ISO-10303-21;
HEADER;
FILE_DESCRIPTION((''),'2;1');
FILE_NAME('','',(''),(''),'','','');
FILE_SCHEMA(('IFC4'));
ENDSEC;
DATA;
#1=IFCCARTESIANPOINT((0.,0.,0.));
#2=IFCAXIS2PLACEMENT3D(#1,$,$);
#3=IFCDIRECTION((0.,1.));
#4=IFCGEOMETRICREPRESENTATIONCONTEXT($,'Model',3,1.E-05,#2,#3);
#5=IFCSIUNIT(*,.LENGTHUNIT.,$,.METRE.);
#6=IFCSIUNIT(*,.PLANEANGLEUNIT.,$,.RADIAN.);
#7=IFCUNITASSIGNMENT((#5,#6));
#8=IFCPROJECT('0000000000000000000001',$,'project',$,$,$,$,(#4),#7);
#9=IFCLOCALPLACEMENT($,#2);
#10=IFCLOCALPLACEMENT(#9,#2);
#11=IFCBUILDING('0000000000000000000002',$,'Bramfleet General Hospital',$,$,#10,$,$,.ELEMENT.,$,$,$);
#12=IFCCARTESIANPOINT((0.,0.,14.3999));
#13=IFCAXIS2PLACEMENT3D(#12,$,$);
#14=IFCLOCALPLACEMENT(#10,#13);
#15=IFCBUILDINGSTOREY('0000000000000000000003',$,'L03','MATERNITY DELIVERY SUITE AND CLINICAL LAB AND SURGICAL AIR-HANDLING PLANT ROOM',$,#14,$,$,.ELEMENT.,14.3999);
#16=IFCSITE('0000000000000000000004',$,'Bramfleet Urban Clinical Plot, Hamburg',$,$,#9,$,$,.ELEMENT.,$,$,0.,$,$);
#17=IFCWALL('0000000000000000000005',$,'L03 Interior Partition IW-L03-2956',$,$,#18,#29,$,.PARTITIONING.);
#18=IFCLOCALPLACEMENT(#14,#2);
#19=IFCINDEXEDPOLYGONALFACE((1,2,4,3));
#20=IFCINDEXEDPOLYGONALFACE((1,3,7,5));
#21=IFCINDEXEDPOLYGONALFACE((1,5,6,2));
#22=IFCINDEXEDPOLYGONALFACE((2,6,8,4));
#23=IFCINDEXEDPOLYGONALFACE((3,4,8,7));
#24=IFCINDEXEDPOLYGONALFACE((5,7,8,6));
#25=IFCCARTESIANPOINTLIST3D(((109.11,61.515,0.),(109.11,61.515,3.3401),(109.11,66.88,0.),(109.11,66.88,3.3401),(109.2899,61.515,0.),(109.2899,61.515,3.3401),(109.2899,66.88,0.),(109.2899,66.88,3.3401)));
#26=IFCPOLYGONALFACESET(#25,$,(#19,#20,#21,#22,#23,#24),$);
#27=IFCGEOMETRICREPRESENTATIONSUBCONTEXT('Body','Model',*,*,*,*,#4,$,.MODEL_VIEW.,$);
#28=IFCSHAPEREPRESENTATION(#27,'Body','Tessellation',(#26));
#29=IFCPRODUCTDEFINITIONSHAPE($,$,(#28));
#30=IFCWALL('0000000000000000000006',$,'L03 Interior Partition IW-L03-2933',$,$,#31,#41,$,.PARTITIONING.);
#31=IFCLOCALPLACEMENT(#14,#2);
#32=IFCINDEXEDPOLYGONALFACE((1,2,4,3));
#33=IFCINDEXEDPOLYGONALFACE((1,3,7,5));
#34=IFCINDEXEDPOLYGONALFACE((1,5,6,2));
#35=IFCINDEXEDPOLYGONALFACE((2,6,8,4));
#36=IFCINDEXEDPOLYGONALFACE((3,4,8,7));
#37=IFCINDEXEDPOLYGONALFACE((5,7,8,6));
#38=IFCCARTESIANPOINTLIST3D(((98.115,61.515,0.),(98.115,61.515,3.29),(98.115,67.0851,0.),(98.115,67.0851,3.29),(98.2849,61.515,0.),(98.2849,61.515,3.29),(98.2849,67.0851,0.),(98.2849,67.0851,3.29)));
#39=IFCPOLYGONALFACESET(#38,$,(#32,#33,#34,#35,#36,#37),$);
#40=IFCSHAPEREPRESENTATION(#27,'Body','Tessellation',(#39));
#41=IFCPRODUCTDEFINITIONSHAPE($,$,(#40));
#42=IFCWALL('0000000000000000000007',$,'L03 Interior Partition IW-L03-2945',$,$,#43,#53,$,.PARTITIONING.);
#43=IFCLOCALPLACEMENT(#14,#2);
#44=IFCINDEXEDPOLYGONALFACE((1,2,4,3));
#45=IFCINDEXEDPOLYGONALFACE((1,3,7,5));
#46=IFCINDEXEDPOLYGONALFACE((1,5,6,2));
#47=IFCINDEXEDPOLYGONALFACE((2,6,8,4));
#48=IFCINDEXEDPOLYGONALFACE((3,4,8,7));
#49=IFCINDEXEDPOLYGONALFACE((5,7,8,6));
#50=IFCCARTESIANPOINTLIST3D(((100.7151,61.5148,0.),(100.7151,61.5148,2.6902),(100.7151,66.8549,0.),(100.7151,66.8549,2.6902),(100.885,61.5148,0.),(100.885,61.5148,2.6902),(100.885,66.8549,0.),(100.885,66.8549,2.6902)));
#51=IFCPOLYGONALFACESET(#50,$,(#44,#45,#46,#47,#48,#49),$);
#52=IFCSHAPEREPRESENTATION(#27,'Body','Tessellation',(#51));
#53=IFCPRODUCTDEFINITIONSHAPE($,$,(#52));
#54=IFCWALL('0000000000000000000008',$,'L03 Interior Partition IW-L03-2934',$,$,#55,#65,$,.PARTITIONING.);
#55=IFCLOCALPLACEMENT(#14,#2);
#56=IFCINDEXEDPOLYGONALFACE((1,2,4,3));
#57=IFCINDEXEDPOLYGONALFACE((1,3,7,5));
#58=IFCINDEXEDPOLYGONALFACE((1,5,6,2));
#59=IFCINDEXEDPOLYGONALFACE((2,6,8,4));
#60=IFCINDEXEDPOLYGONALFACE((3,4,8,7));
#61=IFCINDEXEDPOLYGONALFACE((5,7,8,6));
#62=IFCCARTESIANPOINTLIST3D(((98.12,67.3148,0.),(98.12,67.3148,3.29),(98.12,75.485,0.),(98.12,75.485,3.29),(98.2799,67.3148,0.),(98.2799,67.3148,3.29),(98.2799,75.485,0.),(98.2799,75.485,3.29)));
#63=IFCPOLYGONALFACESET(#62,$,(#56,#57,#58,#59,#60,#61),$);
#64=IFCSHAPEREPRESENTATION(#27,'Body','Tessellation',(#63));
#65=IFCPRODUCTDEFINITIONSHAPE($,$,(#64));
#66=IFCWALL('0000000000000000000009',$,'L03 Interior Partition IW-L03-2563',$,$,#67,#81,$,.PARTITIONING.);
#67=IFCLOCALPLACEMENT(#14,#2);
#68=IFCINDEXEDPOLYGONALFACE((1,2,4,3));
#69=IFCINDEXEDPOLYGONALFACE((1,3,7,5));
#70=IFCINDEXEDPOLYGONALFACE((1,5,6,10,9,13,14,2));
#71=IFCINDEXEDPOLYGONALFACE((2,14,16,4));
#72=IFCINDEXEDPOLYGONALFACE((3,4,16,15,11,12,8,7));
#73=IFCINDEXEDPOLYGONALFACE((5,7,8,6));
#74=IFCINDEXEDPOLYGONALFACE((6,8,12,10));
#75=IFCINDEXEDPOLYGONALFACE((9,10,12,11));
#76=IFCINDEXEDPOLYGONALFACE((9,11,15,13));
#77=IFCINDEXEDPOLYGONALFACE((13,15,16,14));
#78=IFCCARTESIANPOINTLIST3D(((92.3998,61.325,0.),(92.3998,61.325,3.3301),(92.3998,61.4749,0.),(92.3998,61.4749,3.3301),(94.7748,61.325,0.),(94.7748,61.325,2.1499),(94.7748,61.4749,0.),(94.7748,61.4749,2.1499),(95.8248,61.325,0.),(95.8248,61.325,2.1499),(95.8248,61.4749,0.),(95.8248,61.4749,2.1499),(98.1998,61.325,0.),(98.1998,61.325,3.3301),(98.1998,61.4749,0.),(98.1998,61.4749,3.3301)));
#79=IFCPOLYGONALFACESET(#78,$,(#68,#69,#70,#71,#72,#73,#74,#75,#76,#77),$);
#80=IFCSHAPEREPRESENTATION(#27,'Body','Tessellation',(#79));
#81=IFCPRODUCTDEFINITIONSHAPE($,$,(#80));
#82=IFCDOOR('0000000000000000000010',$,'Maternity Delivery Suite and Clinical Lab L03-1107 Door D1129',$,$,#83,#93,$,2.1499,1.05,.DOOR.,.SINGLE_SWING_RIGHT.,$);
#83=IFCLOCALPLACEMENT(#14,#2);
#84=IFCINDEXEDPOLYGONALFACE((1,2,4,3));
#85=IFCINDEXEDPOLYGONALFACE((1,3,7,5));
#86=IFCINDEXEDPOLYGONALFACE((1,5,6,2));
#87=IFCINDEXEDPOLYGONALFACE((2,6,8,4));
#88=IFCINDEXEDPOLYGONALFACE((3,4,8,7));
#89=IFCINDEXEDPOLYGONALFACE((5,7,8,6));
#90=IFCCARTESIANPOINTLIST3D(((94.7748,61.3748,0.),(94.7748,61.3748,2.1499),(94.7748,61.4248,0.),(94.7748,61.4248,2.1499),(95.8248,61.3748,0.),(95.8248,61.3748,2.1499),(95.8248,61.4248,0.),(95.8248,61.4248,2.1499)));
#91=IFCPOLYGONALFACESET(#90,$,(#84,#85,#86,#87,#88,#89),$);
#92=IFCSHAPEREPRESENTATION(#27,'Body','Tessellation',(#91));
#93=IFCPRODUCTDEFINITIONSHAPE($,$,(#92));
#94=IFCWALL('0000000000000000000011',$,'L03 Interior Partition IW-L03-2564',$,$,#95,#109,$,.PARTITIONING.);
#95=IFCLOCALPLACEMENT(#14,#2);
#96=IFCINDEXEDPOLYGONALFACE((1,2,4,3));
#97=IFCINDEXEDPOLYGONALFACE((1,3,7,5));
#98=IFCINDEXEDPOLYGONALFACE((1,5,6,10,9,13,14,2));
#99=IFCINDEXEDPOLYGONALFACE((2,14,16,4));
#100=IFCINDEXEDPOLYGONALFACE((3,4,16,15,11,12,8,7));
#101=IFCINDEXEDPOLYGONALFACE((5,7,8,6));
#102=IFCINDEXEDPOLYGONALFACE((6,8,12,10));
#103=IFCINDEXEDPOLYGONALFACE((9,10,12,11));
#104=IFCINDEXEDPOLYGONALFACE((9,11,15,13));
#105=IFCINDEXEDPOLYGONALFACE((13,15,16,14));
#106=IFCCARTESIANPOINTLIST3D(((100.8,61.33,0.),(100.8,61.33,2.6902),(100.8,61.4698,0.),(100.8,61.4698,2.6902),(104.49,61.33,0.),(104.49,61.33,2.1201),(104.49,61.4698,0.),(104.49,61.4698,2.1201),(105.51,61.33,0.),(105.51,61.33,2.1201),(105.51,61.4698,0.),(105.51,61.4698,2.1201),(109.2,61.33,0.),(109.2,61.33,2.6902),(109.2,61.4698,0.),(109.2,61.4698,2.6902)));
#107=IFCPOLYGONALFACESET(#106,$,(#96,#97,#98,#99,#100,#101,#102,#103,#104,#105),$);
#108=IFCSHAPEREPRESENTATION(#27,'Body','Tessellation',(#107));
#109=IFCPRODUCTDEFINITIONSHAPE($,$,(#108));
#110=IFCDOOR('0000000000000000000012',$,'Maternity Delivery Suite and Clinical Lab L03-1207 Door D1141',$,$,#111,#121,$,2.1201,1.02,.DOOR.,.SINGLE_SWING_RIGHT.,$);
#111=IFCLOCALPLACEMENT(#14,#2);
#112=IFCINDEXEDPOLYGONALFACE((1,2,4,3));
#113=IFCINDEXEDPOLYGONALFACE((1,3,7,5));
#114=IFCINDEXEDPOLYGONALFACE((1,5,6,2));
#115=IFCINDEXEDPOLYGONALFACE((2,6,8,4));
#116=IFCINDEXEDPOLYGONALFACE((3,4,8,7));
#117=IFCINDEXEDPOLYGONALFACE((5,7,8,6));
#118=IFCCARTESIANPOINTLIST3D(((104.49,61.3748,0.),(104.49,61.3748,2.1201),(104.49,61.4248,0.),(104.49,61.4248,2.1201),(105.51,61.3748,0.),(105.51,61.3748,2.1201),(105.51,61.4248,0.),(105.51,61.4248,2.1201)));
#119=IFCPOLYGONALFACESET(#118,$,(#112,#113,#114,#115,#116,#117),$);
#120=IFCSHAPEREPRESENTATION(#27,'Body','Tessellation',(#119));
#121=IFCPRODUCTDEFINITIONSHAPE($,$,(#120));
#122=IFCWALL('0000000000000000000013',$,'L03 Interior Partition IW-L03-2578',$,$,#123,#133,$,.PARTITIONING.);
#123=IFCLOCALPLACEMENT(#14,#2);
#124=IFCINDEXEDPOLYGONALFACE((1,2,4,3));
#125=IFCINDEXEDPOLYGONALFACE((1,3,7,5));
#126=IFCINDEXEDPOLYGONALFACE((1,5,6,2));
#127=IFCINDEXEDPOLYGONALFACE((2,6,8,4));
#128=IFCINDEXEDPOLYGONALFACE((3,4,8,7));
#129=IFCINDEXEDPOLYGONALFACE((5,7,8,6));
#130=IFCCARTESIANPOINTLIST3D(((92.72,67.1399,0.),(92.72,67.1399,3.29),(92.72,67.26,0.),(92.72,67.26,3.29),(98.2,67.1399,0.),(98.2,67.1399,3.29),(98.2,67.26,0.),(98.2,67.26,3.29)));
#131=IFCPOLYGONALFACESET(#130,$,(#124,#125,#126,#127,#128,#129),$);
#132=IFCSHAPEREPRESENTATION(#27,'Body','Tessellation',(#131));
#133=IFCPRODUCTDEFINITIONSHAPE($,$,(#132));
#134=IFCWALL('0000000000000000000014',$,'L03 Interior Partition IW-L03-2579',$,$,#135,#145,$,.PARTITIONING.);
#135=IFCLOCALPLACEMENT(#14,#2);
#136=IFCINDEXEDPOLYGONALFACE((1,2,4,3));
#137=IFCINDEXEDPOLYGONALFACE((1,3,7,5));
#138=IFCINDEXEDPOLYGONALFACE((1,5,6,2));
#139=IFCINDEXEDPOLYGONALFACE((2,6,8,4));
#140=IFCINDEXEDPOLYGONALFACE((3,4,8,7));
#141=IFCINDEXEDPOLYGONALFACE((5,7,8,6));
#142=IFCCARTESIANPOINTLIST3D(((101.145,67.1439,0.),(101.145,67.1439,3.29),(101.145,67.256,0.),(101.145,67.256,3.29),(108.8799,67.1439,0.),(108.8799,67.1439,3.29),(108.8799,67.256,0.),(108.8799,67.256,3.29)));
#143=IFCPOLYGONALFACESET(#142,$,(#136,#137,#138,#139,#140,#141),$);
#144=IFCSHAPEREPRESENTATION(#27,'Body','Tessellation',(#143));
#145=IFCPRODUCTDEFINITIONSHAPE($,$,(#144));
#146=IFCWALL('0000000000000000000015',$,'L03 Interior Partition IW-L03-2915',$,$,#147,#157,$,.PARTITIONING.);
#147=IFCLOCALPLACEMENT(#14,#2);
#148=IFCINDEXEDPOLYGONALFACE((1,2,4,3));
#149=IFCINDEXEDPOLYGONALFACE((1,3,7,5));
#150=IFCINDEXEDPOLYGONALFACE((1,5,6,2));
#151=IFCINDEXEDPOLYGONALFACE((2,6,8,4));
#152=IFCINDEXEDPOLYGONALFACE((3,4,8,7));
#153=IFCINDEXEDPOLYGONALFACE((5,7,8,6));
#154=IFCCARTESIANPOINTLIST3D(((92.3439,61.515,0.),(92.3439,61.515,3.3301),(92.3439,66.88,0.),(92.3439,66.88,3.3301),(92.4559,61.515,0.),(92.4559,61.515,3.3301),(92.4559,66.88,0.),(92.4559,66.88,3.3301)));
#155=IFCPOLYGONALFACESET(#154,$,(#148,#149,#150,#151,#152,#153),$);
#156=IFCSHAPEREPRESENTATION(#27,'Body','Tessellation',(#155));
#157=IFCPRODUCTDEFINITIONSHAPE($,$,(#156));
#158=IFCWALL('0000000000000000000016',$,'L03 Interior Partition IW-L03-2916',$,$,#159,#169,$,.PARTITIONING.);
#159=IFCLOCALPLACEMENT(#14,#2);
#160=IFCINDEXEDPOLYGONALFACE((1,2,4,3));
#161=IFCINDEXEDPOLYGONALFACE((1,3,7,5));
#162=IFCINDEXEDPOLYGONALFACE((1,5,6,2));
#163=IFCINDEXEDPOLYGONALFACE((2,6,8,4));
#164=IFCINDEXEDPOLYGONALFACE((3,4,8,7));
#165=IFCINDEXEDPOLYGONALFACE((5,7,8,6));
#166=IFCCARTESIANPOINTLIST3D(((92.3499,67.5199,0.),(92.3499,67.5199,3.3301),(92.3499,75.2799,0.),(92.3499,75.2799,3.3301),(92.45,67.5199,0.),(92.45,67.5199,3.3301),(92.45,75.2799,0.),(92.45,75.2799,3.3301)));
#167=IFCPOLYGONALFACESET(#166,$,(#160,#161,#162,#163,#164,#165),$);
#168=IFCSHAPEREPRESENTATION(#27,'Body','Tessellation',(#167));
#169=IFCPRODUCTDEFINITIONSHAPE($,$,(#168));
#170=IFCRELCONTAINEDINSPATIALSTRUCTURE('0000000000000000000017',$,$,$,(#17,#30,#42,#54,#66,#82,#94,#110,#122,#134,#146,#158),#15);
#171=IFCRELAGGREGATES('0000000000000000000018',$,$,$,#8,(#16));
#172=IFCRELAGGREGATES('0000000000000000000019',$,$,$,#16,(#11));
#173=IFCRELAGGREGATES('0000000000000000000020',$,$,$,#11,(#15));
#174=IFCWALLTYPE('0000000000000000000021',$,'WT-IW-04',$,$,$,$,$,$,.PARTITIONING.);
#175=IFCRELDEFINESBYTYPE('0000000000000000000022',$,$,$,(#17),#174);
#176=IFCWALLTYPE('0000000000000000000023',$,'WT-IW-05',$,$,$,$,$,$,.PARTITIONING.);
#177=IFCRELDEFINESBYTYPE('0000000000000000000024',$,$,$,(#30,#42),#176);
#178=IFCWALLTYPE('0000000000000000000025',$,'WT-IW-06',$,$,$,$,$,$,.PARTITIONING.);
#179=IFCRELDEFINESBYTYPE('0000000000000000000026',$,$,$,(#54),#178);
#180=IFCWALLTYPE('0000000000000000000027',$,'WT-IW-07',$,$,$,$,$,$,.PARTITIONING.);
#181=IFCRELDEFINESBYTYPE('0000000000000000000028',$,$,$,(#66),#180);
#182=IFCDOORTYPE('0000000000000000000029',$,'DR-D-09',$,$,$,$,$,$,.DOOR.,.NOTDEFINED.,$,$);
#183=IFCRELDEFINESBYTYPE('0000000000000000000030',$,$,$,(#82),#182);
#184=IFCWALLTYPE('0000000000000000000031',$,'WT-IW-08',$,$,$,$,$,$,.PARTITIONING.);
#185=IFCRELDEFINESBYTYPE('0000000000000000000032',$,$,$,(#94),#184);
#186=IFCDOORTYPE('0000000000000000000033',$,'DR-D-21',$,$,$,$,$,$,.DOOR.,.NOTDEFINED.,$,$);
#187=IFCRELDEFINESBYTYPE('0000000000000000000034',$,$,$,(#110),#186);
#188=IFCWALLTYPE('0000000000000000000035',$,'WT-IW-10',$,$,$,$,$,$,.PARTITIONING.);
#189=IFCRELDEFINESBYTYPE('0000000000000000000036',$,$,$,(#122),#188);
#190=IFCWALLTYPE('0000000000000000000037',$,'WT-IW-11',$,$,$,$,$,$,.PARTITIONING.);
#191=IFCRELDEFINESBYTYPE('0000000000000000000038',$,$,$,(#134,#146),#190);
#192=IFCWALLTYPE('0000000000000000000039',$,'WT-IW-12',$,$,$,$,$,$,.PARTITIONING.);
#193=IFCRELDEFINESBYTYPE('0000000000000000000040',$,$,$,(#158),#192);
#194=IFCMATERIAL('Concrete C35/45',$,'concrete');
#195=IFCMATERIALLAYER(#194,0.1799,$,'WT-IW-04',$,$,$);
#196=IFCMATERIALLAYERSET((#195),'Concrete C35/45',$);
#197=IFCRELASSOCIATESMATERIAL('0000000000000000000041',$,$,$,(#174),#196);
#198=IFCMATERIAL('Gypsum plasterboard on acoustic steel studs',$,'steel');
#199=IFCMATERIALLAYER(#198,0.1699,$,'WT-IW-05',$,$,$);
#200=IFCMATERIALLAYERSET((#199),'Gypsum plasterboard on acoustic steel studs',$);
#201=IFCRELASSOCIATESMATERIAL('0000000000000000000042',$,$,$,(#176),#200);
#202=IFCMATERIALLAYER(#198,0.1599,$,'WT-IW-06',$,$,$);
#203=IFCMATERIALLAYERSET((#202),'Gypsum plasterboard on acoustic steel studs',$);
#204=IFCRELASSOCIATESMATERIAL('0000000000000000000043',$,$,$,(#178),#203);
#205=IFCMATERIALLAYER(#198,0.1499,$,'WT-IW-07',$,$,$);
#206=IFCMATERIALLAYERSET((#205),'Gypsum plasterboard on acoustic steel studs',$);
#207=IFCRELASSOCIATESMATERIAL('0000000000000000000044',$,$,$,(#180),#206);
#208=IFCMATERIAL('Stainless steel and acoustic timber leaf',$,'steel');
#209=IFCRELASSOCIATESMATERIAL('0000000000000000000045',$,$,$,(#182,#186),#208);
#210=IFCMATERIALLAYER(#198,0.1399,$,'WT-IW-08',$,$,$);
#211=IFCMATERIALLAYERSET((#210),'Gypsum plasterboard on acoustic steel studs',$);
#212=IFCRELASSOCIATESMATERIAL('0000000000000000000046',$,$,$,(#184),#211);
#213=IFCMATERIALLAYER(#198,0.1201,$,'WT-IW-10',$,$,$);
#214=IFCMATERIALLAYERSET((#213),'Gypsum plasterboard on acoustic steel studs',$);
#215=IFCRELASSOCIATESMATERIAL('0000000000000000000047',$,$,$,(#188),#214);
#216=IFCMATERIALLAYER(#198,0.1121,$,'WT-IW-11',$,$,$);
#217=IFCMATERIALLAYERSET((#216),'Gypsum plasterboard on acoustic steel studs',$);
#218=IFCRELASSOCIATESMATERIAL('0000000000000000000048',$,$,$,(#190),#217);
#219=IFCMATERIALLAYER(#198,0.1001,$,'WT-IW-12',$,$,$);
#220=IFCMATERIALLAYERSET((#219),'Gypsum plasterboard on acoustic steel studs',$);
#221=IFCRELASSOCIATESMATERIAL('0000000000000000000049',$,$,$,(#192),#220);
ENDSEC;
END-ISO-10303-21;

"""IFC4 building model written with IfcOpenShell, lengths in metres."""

from ifc_helpers import new_model, si_unit, direction, frame, frame_2d, origin, place, context, subcontext, project, spatial, rectangle, extrude, material, layer, layer_set, type_object, element, fill, save


model = new_model("IFC4")

# Units and contexts
model_context = context("Model", 3, precision=1e-05, world=origin(), true_north=direction((0.0, 1.0)))
body_context = subcontext(model_context, "Body", "Model", "MODEL_VIEW")
ifc_project = project(units=[si_unit("LENGTHUNIT", "METRE"), si_unit("PLANEANGLEUNIT", "RADIAN")], contexts=[model_context])

# Site, building, storey
site_placement = place(None, origin())
site = spatial("IfcSite", under=ifc_project, at=site_placement, Name="Bramfleet Urban Clinical Plot, Hamburg", CompositionType="ELEMENT", RefElevation=0.0)
building_placement = place(site_placement, origin())
building = spatial("IfcBuilding", under=site, at=building_placement, Name="Bramfleet General Hospital", CompositionType="ELEMENT")
storey_placement = place(building_placement, frame((0.0, 0.0, 14.3999)))
storey = spatial("IfcBuildingStorey", under=building, at=storey_placement, Name="L03", Description="MATERNITY DELIVERY SUITE AND CLINICAL LAB AND SURGICAL AIR-HANDLING PLANT ROOM", CompositionType="ELEMENT", Elevation=14.3999)

# Shared definitions
ifc_material_1 = material(Name="Concrete C35/45", Category="concrete")

# Walls
ifc_layer_1 = layer(ifc_material_1, 0.1799, Name="WT-IW-04")
ifc_layer_set_1 = layer_set([ifc_layer_1], Name="Concrete C35/45")
wall_type_1 = type_object("IfcWallType", Name="WT-IW-04", PredefinedType="PARTITIONING", material=ifc_layer_set_1)
wall_1_placement = place(storey_placement, frame((109.2, 61.5149, 0.0), z_axis=(0.0, 0.0, 1.0), x_axis=(0.0, 1.0, 0.0)))
element("IfcWall", 1, at=wall_1_placement, inside=storey, type_object=wall_type_1, Name="L03 Interior Partition IW-L03-2956", PredefinedType="PARTITIONING", context=body_context, shape_type="SweptSolid", body=[
    extrude(rectangle(XDim=5.365, YDim=0.1799, at=frame_2d((2.6826, 0.0))), origin(), (0.0, 0.0, 1.0), 3.3401),
])
ifc_material_2 = material(Name="Gypsum plasterboard on acoustic steel studs", Category="steel")
ifc_layer_2 = layer(ifc_material_2, 0.1699, Name="WT-IW-05")
ifc_layer_set_2 = layer_set([ifc_layer_2], Name="Gypsum plasterboard on acoustic steel studs")
wall_type_2 = type_object("IfcWallType", Name="WT-IW-05", PredefinedType="PARTITIONING", material=ifc_layer_set_2)
wall_2_placement = place(storey_placement, frame((98.2, 61.5149, 0.0), z_axis=(0.0, 0.0, 1.0), x_axis=(0.0, 1.0, 0.0)))
element("IfcWall", 2, at=wall_2_placement, inside=storey, type_object=wall_type_2, Name="L03 Interior Partition IW-L03-2933", PredefinedType="PARTITIONING", context=body_context, shape_type="SweptSolid", body=[
    extrude(rectangle(XDim=5.5701, YDim=0.1699, at=frame_2d((2.7852, 0.0))), origin(), (0.0, 0.0, 1.0), 3.29),
])
wall_3_placement = place(storey_placement, frame((100.8, 61.5149, 0.0), z_axis=(0.0, 0.0, 1.0), x_axis=(0.0, 1.0, 0.0)))
element("IfcWall", 3, at=wall_3_placement, inside=storey, type_object=wall_type_2, Name="L03 Interior Partition IW-L03-2945", PredefinedType="PARTITIONING", context=body_context, shape_type="SweptSolid", body=[
    extrude(rectangle(XDim=5.3401, YDim=0.1699, at=frame_2d((2.6699, 0.0))), origin(), (0.0, 0.0, 1.0), 2.6902),
])
ifc_layer_3 = layer(ifc_material_2, 0.1599, Name="WT-IW-06")
ifc_layer_set_3 = layer_set([ifc_layer_3], Name="Gypsum plasterboard on acoustic steel studs")
wall_type_3 = type_object("IfcWallType", Name="WT-IW-06", PredefinedType="PARTITIONING", material=ifc_layer_set_3)
wall_4_placement = place(storey_placement, frame((98.2, 67.3149, 0.0), z_axis=(0.0, 0.0, 1.0), x_axis=(0.0, 1.0, 0.0)))
element("IfcWall", 4, at=wall_4_placement, inside=storey, type_object=wall_type_3, Name="L03 Interior Partition IW-L03-2934", PredefinedType="PARTITIONING", context=body_context, shape_type="SweptSolid", body=[
    extrude(rectangle(XDim=8.1702, YDim=0.1599, at=frame_2d((4.085, 0.0))), origin(), (0.0, 0.0, 1.0), 3.29),
])

# Walls, openings, doors
ifc_layer_4 = layer(ifc_material_2, 0.1499, Name="WT-IW-07")
ifc_layer_set_4 = layer_set([ifc_layer_4], Name="Gypsum plasterboard on acoustic steel studs")
wall_type_4 = type_object("IfcWallType", Name="WT-IW-07", PredefinedType="PARTITIONING", material=ifc_layer_set_4)
wall_5_placement = place(storey_placement, frame((92.3999, 61.3999, 0.0), z_axis=(0.0, 0.0, 1.0), x_axis=(1.0, 0.0, 0.0)))
wall_5 = element("IfcWall", 5, at=wall_5_placement, inside=storey, type_object=wall_type_4, Name="L03 Interior Partition IW-L03-2563", PredefinedType="PARTITIONING", context=body_context, shape_type="SweptSolid", body=[
    extrude(rectangle(XDim=5.8, YDim=0.1499, at=frame_2d((2.8999, 0.0))), origin(), (0.0, 0.0, 1.0), 3.3301),
])
opening_1_placement = place(wall_5_placement, frame((2.375, 0.0, 0.0)))
opening_1 = element("IfcOpeningElement", 6, at=opening_1_placement, cuts=wall_5, PredefinedType="OPENING", context=body_context, shape_type="SweptSolid", body=[
    extrude(rectangle(XDim=1.05, YDim=2.1499, at=frame_2d((0.5249, 1.075))), frame((0.0, 0.085, 0.0), z_axis=(0.0, -1.0, 0.0), x_axis=(1.0, 0.0, 0.0)), (0.0, 0.0, 1.0), 0.1699),
])
ifc_material_3 = material(Name="Stainless steel and acoustic timber leaf", Category="steel")
door_type_1 = type_object("IfcDoorType", Name="DR-D-09", OperationType="NOTDEFINED", PredefinedType="DOOR", material=ifc_material_3)
door_1_placement = place(opening_1_placement, origin())
door_1 = element("IfcDoor", 7, at=door_1_placement, inside=storey, type_object=door_type_1, Name="Maternity Delivery Suite and Clinical Lab L03-1107 Door D1129", OperationType="SINGLE_SWING_RIGHT", OverallHeight=2.1499, OverallWidth=1.05, PredefinedType="DOOR", context=body_context, shape_type="SweptSolid", body=[
    extrude(rectangle(XDim=1.05, YDim=2.1499, at=frame_2d((0.5249, 1.075))), frame((0.0, 0.0249, 0.0), z_axis=(0.0, -1.0, 0.0), x_axis=(1.0, 0.0, 0.0)), (0.0, 0.0, 1.0), 0.05),
])
fill(opening_1, door_1)
ifc_layer_5 = layer(ifc_material_2, 0.1399, Name="WT-IW-08")
ifc_layer_set_5 = layer_set([ifc_layer_5], Name="Gypsum plasterboard on acoustic steel studs")
wall_type_5 = type_object("IfcWallType", Name="WT-IW-08", PredefinedType="PARTITIONING", material=ifc_layer_set_5)
wall_6_placement = place(storey_placement, frame((100.8, 61.3999, 0.0), z_axis=(0.0, 0.0, 1.0), x_axis=(1.0, 0.0, 0.0)))
wall_6 = element("IfcWall", 8, at=wall_6_placement, inside=storey, type_object=wall_type_5, Name="L03 Interior Partition IW-L03-2564", PredefinedType="PARTITIONING", context=body_context, shape_type="SweptSolid", body=[
    extrude(rectangle(XDim=8.3999, YDim=0.1399, at=frame_2d((4.2, 0.0))), origin(), (0.0, 0.0, 1.0), 2.6902),
])
opening_2_placement = place(wall_6_placement, frame((3.6899, 0.0, 0.0)))
opening_2 = element("IfcOpeningElement", 9, at=opening_2_placement, cuts=wall_6, PredefinedType="OPENING", context=body_context, shape_type="SweptSolid", body=[
    extrude(rectangle(XDim=1.02, YDim=2.1201, at=frame_2d((0.51, 1.0601))), frame((0.0, 0.0798, 0.0), z_axis=(0.0, -1.0, 0.0), x_axis=(1.0, 0.0, 0.0)), (0.0, 0.0, 1.0), 0.1599),
])
door_type_2 = type_object("IfcDoorType", Name="DR-D-21", OperationType="NOTDEFINED", PredefinedType="DOOR", material=ifc_material_3)
door_2_placement = place(opening_2_placement, origin())
door_2 = element("IfcDoor", 10, at=door_2_placement, inside=storey, type_object=door_type_2, Name="Maternity Delivery Suite and Clinical Lab L03-1207 Door D1141", OperationType="SINGLE_SWING_RIGHT", OverallHeight=2.1201, OverallWidth=1.02, PredefinedType="DOOR", context=body_context, shape_type="SweptSolid", body=[
    extrude(rectangle(XDim=1.02, YDim=2.1201, at=frame_2d((0.51, 1.0601))), frame((0.0, 0.0249, 0.0), z_axis=(0.0, -1.0, 0.0), x_axis=(1.0, 0.0, 0.0)), (0.0, 0.0, 1.0), 0.05),
])
fill(opening_2, door_2)

# Walls
ifc_layer_6 = layer(ifc_material_2, 0.1201, Name="WT-IW-10")
ifc_layer_set_6 = layer_set([ifc_layer_6], Name="Gypsum plasterboard on acoustic steel studs")
wall_type_6 = type_object("IfcWallType", Name="WT-IW-10", PredefinedType="PARTITIONING", material=ifc_layer_set_6)
wall_7_placement = place(storey_placement, frame((92.72, 67.2, 0.0), z_axis=(0.0, 0.0, 1.0), x_axis=(1.0, 0.0, 0.0)))
element("IfcWall", 11, at=wall_7_placement, inside=storey, type_object=wall_type_6, Name="L03 Interior Partition IW-L03-2578", PredefinedType="PARTITIONING", context=body_context, shape_type="SweptSolid", body=[
    extrude(rectangle(XDim=5.48, YDim=0.1201, at=frame_2d((2.74, 0.0))), origin(), (0.0, 0.0, 1.0), 3.29),
])
ifc_layer_7 = layer(ifc_material_2, 0.1121, Name="WT-IW-11")
ifc_layer_set_7 = layer_set([ifc_layer_7], Name="Gypsum plasterboard on acoustic steel studs")
wall_type_7 = type_object("IfcWallType", Name="WT-IW-11", PredefinedType="PARTITIONING", material=ifc_layer_set_7)
wall_8_placement = place(storey_placement, frame((101.145, 67.2, 0.0), z_axis=(0.0, 0.0, 1.0), x_axis=(1.0, 0.0, 0.0)))
element("IfcWall", 12, at=wall_8_placement, inside=storey, type_object=wall_type_7, Name="L03 Interior Partition IW-L03-2579", PredefinedType="PARTITIONING", context=body_context, shape_type="SweptSolid", body=[
    extrude(rectangle(XDim=7.7349, YDim=0.1121, at=frame_2d((3.8674, 0.0))), origin(), (0.0, 0.0, 1.0), 3.29),
])
wall_9_placement = place(storey_placement, frame((92.3999, 61.5149, 0.0), z_axis=(0.0, 0.0, 1.0), x_axis=(0.0, 1.0, 0.0)))
element("IfcWall", 13, at=wall_9_placement, inside=storey, type_object=wall_type_7, Name="L03 Interior Partition IW-L03-2915", PredefinedType="PARTITIONING", context=body_context, shape_type="SweptSolid", body=[
    extrude(rectangle(XDim=5.365, YDim=0.1121, at=frame_2d((2.6826, 0.0))), origin(), (0.0, 0.0, 1.0), 3.3301),
])
ifc_layer_8 = layer(ifc_material_2, 0.1001, Name="WT-IW-12")
ifc_layer_set_8 = layer_set([ifc_layer_8], Name="Gypsum plasterboard on acoustic steel studs")
wall_type_8 = type_object("IfcWallType", Name="WT-IW-12", PredefinedType="PARTITIONING", material=ifc_layer_set_8)
wall_10_placement = place(storey_placement, frame((92.3999, 67.52, 0.0), z_axis=(0.0, 0.0, 1.0), x_axis=(0.0, 1.0, 0.0)))
element("IfcWall", 14, at=wall_10_placement, inside=storey, type_object=wall_type_8, Name="L03 Interior Partition IW-L03-2916", PredefinedType="PARTITIONING", context=body_context, shape_type="SweptSolid", body=[
    extrude(rectangle(XDim=7.76, YDim=0.1001, at=frame_2d((3.8799, 0.0))), origin(), (0.0, 0.0, 1.0), 3.3301),
])

save(model, "model.ifc")
